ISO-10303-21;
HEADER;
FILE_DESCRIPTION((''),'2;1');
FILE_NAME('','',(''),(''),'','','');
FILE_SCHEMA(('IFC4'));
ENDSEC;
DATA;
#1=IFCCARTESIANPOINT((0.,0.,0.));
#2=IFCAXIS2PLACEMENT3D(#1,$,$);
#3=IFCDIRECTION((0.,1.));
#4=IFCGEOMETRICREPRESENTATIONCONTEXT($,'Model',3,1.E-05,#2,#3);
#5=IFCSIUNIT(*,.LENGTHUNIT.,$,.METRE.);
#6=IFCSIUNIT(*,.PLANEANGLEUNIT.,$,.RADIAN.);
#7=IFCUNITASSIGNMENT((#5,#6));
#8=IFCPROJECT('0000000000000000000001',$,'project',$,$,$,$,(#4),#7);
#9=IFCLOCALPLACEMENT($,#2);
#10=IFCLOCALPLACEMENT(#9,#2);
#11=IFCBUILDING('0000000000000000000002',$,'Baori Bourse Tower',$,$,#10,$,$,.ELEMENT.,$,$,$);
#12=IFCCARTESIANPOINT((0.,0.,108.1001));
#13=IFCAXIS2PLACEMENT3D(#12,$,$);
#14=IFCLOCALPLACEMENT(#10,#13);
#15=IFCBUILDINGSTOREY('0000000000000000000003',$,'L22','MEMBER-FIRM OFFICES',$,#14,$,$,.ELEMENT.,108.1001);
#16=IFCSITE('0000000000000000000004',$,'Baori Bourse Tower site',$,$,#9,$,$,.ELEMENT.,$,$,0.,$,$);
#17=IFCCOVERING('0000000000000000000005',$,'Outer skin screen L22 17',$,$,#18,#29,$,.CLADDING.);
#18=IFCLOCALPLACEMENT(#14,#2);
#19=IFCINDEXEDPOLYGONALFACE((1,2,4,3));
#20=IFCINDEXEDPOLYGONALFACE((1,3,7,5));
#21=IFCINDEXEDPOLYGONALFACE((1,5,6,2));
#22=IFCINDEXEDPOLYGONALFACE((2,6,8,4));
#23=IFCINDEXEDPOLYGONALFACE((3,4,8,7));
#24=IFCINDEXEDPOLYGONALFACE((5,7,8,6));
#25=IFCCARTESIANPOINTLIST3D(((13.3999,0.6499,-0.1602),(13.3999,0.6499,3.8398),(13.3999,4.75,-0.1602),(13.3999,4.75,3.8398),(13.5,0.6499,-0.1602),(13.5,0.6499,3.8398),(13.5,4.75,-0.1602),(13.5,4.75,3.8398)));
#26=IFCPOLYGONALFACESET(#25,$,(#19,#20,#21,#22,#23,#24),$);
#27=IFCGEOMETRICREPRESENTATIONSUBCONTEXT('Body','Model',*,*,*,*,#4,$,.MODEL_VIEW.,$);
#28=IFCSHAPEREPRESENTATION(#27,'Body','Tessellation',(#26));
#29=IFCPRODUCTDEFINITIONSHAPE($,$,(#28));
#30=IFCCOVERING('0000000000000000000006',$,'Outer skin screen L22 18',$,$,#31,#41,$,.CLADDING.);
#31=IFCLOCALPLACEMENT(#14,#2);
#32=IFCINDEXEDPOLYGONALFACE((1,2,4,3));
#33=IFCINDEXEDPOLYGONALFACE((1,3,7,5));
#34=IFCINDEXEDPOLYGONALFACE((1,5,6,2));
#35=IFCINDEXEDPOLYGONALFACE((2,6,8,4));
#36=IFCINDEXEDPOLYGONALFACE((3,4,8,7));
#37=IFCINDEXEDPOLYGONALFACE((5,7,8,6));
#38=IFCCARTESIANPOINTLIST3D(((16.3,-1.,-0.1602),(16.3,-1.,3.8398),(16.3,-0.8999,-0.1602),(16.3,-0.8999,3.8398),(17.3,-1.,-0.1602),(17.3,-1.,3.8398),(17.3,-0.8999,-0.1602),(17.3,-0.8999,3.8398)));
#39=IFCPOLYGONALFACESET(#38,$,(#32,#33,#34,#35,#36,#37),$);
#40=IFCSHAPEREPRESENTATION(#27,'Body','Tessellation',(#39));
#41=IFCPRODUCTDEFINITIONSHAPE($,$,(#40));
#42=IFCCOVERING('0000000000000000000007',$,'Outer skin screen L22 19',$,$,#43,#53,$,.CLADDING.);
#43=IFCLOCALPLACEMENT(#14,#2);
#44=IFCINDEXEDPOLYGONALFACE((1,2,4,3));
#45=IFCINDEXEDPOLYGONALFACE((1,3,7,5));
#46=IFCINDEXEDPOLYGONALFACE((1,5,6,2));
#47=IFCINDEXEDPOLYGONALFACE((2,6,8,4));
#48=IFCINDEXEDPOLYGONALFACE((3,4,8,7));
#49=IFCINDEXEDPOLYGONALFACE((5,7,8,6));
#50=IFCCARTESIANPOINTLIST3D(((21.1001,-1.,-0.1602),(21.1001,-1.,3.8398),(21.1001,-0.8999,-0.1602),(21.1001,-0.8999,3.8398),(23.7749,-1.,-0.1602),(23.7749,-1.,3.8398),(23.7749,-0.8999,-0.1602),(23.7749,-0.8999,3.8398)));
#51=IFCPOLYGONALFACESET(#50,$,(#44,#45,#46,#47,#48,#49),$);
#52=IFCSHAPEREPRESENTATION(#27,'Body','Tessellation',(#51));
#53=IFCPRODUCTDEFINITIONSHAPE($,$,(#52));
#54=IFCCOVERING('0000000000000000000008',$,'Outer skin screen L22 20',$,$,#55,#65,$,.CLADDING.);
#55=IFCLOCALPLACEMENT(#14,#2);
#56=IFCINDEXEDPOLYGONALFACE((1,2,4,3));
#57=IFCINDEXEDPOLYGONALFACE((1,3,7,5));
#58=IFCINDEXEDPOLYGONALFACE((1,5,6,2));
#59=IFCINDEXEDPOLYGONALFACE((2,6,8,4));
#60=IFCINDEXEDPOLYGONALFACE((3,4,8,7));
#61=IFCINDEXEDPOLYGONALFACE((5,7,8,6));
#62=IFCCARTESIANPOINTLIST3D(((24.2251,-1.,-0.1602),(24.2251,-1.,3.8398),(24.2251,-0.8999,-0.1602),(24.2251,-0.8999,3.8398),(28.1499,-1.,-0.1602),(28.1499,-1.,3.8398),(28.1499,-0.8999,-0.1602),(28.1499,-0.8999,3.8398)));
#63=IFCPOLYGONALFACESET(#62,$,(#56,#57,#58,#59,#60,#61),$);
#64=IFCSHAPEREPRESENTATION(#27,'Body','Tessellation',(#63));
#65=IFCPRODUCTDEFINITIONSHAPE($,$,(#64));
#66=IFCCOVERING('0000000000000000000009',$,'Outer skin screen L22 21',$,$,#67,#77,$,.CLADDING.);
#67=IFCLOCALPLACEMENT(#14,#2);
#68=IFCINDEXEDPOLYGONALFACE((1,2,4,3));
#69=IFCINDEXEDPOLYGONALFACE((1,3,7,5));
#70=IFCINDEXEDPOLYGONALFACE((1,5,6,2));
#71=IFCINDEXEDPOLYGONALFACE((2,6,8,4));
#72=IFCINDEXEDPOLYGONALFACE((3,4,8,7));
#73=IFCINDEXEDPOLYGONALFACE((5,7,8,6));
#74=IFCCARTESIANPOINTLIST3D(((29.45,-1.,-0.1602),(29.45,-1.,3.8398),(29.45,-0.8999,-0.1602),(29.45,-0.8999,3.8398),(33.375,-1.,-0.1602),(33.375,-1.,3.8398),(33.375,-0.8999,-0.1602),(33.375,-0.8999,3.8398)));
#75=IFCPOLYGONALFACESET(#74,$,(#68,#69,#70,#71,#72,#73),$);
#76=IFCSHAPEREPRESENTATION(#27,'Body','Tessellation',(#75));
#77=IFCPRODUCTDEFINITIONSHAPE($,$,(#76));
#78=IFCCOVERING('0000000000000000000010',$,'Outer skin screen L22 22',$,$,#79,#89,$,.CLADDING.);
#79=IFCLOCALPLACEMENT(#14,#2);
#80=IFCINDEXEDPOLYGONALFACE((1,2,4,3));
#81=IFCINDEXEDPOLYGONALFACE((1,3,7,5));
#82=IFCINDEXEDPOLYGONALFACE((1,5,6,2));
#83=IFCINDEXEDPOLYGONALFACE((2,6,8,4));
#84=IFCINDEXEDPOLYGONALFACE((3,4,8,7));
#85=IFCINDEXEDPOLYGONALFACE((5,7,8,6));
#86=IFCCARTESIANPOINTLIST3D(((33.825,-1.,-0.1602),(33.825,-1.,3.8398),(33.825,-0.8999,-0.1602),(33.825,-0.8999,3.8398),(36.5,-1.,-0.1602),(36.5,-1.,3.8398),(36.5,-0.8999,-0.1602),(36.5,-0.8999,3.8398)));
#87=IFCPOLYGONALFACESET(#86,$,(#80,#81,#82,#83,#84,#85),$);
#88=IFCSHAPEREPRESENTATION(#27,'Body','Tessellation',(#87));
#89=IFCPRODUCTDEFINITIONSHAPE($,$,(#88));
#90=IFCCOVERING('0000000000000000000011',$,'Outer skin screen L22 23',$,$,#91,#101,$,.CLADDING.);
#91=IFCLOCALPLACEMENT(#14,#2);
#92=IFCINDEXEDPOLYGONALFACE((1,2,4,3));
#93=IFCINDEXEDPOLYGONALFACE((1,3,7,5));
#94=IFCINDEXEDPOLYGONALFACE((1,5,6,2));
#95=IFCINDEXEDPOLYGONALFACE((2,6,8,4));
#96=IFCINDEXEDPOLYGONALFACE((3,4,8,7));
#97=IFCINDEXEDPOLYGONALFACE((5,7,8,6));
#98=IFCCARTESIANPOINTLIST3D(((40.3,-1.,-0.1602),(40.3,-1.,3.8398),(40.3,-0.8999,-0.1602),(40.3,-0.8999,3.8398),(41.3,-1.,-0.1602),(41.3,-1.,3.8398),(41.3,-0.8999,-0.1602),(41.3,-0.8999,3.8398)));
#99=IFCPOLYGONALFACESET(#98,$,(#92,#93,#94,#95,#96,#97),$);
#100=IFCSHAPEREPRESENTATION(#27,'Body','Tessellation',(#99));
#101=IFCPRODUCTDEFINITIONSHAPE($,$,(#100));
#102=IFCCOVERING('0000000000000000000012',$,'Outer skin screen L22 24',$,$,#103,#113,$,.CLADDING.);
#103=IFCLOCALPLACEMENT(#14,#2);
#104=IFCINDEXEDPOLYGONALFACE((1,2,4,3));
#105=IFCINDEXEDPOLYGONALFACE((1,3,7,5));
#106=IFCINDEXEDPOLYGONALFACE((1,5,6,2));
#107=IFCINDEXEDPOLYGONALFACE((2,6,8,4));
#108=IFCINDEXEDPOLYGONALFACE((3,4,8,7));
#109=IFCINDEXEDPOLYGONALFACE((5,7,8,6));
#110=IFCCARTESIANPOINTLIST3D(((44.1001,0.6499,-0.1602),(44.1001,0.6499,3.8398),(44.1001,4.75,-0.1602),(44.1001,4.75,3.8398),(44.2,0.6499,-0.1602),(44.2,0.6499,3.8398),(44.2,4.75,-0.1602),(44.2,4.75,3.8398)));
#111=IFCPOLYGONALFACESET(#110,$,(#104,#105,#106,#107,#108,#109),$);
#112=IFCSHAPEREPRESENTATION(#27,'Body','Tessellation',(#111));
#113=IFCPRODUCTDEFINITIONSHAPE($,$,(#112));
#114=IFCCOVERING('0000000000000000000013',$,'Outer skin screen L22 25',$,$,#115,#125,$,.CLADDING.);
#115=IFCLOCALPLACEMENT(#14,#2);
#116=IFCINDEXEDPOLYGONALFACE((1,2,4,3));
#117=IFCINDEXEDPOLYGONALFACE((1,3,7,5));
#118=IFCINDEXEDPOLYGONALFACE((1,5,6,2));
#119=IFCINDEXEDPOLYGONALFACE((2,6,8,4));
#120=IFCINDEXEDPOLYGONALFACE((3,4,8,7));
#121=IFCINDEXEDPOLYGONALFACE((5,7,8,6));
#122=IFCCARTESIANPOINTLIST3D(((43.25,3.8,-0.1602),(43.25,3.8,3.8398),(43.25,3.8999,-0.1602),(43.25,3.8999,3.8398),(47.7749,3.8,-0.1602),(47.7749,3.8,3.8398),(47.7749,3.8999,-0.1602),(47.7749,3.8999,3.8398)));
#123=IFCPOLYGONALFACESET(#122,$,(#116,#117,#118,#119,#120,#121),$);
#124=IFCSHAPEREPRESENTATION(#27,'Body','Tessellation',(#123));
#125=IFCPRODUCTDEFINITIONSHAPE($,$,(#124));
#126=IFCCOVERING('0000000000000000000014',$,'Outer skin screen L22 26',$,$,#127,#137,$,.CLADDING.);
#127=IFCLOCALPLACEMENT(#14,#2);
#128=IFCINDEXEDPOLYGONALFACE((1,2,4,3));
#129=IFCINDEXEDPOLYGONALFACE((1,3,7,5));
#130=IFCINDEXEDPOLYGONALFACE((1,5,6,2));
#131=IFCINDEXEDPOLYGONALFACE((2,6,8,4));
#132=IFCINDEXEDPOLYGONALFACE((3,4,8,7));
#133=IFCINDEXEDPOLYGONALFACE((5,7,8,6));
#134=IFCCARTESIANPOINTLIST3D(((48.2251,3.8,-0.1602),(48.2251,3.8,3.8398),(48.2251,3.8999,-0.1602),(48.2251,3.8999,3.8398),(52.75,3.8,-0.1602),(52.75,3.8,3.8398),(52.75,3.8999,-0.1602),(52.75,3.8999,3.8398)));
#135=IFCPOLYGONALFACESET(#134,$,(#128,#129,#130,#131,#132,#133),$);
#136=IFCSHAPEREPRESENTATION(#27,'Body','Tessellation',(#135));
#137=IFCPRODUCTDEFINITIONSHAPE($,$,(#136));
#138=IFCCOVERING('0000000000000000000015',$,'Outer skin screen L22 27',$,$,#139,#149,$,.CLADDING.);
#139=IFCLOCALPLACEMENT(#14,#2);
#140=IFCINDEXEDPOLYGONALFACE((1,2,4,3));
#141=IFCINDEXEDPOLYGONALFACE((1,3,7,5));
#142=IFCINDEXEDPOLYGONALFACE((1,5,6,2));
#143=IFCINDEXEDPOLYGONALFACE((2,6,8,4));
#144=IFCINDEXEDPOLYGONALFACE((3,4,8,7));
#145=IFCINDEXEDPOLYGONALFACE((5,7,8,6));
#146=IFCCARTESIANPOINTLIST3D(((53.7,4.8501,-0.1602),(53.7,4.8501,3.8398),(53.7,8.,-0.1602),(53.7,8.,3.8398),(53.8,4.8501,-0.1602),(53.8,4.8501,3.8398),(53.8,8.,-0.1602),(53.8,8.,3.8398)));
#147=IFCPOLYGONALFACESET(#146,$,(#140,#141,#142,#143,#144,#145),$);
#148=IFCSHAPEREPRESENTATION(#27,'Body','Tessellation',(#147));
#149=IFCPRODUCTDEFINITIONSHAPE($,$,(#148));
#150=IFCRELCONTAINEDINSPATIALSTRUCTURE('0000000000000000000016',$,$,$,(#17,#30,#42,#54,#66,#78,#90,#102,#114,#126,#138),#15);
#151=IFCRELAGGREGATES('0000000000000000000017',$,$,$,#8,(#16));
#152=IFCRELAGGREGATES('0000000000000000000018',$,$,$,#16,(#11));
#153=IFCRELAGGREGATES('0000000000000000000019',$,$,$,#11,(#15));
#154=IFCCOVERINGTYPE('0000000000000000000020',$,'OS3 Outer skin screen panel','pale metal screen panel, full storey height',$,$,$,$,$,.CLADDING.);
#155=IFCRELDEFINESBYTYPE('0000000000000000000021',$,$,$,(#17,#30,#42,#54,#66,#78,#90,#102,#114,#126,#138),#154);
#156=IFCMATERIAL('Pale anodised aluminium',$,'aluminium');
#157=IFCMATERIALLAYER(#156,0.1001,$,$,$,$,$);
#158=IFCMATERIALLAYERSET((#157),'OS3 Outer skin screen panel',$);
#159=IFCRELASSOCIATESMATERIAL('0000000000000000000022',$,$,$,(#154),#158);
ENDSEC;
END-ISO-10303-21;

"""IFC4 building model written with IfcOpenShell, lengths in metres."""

from ifc_helpers import new_model, si_unit, direction, frame, origin, place, context, subcontext, project, spatial, polyline, outline, extrude, material, layer, layer_set, type_object, element, save


model = new_model("IFC4")

# Units and contexts
model_context = context("Model", 3, precision=1e-05, world=origin(), true_north=direction((0.0, 1.0)))
body_context = subcontext(model_context, "Body", "Model", "MODEL_VIEW")
ifc_project = project(units=[si_unit("LENGTHUNIT", "METRE"), si_unit("PLANEANGLEUNIT", "RADIAN")], contexts=[model_context])

# Site, building, storey
site_placement = place(None, origin())
site = spatial("IfcSite", under=ifc_project, at=site_placement, Name="Baori Bourse Tower site", CompositionType="ELEMENT", RefElevation=0.0)
building_placement = place(site_placement, origin())
building = spatial("IfcBuilding", under=site, at=building_placement, Name="Baori Bourse Tower", CompositionType="ELEMENT")
storey_placement = place(building_placement, frame((0.0, 0.0, 108.1001)))
storey = spatial("IfcBuildingStorey", under=building, at=storey_placement, Name="L22", Description="MEMBER-FIRM OFFICES", CompositionType="ELEMENT", Elevation=108.1001)

# Coverings
ifc_material_1 = material(Name="Pale anodised aluminium", Category="aluminium")
ifc_layer_1 = layer(ifc_material_1, 0.1001)
ifc_layer_set_1 = layer_set([ifc_layer_1], Name="OS3 Outer skin screen panel")
covering_type = type_object("IfcCoveringType", Name="OS3 Outer skin screen panel", Description="pale metal screen panel, full storey height", PredefinedType="CLADDING", material=ifc_layer_set_1)
covering_1_placement = place(storey_placement, frame((0.0, 0.0, -0.1602)))
element("IfcCovering", 1, at=covering_1_placement, inside=storey, type_object=covering_type, Name="Outer skin screen L22 17", PredefinedType="CLADDING", context=body_context, shape_type="SweptSolid", body=[
    extrude(outline(polyline([(13.5, 0.6499), (13.5, 4.75), (13.3999, 4.75), (13.3999, 0.6499), (13.5, 0.6499)])), origin(), (0.0, 0.0, 1.0), 4.0),
])
covering_2_placement = place(storey_placement, frame((0.0, 0.0, -0.1602)))
element("IfcCovering", 2, at=covering_2_placement, inside=storey, type_object=covering_type, Name="Outer skin screen L22 18", PredefinedType="CLADDING", context=body_context, shape_type="SweptSolid", body=[
    extrude(outline(polyline([(17.3, -0.8999), (16.3, -0.8999), (16.3, -1.0), (17.3, -1.0), (17.3, -0.8999)])), origin(), (0.0, 0.0, 1.0), 4.0),
])
covering_3_placement = place(storey_placement, frame((0.0, 0.0, -0.1602)))
element("IfcCovering", 3, at=covering_3_placement, inside=storey, type_object=covering_type, Name="Outer skin screen L22 19", PredefinedType="CLADDING", context=body_context, shape_type="SweptSolid", body=[
    extrude(outline(polyline([(23.7749, -0.8999), (21.1001, -0.8999), (21.1001, -1.0), (23.7749, -1.0), (23.7749, -0.8999)])), origin(), (0.0, 0.0, 1.0), 4.0),
])
covering_4_placement = place(storey_placement, frame((0.0, 0.0, -0.1602)))
element("IfcCovering", 4, at=covering_4_placement, inside=storey, type_object=covering_type, Name="Outer skin screen L22 20", PredefinedType="CLADDING", context=body_context, shape_type="SweptSolid", body=[
    extrude(outline(polyline([(28.1499, -0.8999), (24.2251, -0.8999), (24.2251, -1.0), (28.1499, -1.0), (28.1499, -0.8999)])), origin(), (0.0, 0.0, 1.0), 4.0),
])
covering_5_placement = place(storey_placement, frame((0.0, 0.0, -0.1602)))
element("IfcCovering", 5, at=covering_5_placement, inside=storey, type_object=covering_type, Name="Outer skin screen L22 21", PredefinedType="CLADDING", context=body_context, shape_type="SweptSolid", body=[
    extrude(outline(polyline([(33.375, -0.8999), (29.45, -0.8999), (29.45, -1.0), (33.375, -1.0), (33.375, -0.8999)])), origin(), (0.0, 0.0, 1.0), 4.0),
])
covering_6_placement = place(storey_placement, frame((0.0, 0.0, -0.1602)))
element("IfcCovering", 6, at=covering_6_placement, inside=storey, type_object=covering_type, Name="Outer skin screen L22 22", PredefinedType="CLADDING", context=body_context, shape_type="SweptSolid", body=[
    extrude(outline(polyline([(36.5, -0.8999), (33.825, -0.8999), (33.825, -1.0), (36.5, -1.0), (36.5, -0.8999)])), origin(), (0.0, 0.0, 1.0), 4.0),
])
covering_7_placement = place(storey_placement, frame((0.0, 0.0, -0.1602)))
element("IfcCovering", 7, at=covering_7_placement, inside=storey, type_object=covering_type, Name="Outer skin screen L22 23", PredefinedType="CLADDING", context=body_context, shape_type="SweptSolid", body=[
    extrude(outline(polyline([(41.3, -0.8999), (40.3, -0.8999), (40.3, -1.0), (41.3, -1.0), (41.3, -0.8999)])), origin(), (0.0, 0.0, 1.0), 4.0),
])
covering_8_placement = place(storey_placement, frame((0.0, 0.0, -0.1602)))
element("IfcCovering", 8, at=covering_8_placement, inside=storey, type_object=covering_type, Name="Outer skin screen L22 24", PredefinedType="CLADDING", context=body_context, shape_type="SweptSolid", body=[
    extrude(outline(polyline([(44.1001, 4.75), (44.1001, 0.6499), (44.2, 0.6499), (44.2, 4.75), (44.1001, 4.75)])), origin(), (0.0, 0.0, 1.0), 4.0),
])
covering_9_placement = place(storey_placement, frame((0.0, 0.0, -0.1602)))
element("IfcCovering", 9, at=covering_9_placement, inside=storey, type_object=covering_type, Name="Outer skin screen L22 25", PredefinedType="CLADDING", context=body_context, shape_type="SweptSolid", body=[
    extrude(outline(polyline([(47.7749, 3.8999), (43.25, 3.8999), (43.25, 3.8), (47.7749, 3.8), (47.7749, 3.8999)])), origin(), (0.0, 0.0, 1.0), 4.0),
])
covering_10_placement = place(storey_placement, frame((0.0, 0.0, -0.1602)))
element("IfcCovering", 10, at=covering_10_placement, inside=storey, type_object=covering_type, Name="Outer skin screen L22 26", PredefinedType="CLADDING", context=body_context, shape_type="SweptSolid", body=[
    extrude(outline(polyline([(52.75, 3.8999), (48.2251, 3.8999), (48.2251, 3.8), (52.75, 3.8), (52.75, 3.8999)])), origin(), (0.0, 0.0, 1.0), 4.0),
])
covering_11_placement = place(storey_placement, frame((0.0, 0.0, -0.1602)))
element("IfcCovering", 11, at=covering_11_placement, inside=storey, type_object=covering_type, Name="Outer skin screen L22 27", PredefinedType="CLADDING", context=body_context, shape_type="SweptSolid", body=[
    extrude(outline(polyline([(53.7, 8.0), (53.7, 4.8501), (53.8, 4.8501), (53.8, 8.0), (53.7, 8.0)])), origin(), (0.0, 0.0, 1.0), 4.0),
])

save(model, "model.ifc")
